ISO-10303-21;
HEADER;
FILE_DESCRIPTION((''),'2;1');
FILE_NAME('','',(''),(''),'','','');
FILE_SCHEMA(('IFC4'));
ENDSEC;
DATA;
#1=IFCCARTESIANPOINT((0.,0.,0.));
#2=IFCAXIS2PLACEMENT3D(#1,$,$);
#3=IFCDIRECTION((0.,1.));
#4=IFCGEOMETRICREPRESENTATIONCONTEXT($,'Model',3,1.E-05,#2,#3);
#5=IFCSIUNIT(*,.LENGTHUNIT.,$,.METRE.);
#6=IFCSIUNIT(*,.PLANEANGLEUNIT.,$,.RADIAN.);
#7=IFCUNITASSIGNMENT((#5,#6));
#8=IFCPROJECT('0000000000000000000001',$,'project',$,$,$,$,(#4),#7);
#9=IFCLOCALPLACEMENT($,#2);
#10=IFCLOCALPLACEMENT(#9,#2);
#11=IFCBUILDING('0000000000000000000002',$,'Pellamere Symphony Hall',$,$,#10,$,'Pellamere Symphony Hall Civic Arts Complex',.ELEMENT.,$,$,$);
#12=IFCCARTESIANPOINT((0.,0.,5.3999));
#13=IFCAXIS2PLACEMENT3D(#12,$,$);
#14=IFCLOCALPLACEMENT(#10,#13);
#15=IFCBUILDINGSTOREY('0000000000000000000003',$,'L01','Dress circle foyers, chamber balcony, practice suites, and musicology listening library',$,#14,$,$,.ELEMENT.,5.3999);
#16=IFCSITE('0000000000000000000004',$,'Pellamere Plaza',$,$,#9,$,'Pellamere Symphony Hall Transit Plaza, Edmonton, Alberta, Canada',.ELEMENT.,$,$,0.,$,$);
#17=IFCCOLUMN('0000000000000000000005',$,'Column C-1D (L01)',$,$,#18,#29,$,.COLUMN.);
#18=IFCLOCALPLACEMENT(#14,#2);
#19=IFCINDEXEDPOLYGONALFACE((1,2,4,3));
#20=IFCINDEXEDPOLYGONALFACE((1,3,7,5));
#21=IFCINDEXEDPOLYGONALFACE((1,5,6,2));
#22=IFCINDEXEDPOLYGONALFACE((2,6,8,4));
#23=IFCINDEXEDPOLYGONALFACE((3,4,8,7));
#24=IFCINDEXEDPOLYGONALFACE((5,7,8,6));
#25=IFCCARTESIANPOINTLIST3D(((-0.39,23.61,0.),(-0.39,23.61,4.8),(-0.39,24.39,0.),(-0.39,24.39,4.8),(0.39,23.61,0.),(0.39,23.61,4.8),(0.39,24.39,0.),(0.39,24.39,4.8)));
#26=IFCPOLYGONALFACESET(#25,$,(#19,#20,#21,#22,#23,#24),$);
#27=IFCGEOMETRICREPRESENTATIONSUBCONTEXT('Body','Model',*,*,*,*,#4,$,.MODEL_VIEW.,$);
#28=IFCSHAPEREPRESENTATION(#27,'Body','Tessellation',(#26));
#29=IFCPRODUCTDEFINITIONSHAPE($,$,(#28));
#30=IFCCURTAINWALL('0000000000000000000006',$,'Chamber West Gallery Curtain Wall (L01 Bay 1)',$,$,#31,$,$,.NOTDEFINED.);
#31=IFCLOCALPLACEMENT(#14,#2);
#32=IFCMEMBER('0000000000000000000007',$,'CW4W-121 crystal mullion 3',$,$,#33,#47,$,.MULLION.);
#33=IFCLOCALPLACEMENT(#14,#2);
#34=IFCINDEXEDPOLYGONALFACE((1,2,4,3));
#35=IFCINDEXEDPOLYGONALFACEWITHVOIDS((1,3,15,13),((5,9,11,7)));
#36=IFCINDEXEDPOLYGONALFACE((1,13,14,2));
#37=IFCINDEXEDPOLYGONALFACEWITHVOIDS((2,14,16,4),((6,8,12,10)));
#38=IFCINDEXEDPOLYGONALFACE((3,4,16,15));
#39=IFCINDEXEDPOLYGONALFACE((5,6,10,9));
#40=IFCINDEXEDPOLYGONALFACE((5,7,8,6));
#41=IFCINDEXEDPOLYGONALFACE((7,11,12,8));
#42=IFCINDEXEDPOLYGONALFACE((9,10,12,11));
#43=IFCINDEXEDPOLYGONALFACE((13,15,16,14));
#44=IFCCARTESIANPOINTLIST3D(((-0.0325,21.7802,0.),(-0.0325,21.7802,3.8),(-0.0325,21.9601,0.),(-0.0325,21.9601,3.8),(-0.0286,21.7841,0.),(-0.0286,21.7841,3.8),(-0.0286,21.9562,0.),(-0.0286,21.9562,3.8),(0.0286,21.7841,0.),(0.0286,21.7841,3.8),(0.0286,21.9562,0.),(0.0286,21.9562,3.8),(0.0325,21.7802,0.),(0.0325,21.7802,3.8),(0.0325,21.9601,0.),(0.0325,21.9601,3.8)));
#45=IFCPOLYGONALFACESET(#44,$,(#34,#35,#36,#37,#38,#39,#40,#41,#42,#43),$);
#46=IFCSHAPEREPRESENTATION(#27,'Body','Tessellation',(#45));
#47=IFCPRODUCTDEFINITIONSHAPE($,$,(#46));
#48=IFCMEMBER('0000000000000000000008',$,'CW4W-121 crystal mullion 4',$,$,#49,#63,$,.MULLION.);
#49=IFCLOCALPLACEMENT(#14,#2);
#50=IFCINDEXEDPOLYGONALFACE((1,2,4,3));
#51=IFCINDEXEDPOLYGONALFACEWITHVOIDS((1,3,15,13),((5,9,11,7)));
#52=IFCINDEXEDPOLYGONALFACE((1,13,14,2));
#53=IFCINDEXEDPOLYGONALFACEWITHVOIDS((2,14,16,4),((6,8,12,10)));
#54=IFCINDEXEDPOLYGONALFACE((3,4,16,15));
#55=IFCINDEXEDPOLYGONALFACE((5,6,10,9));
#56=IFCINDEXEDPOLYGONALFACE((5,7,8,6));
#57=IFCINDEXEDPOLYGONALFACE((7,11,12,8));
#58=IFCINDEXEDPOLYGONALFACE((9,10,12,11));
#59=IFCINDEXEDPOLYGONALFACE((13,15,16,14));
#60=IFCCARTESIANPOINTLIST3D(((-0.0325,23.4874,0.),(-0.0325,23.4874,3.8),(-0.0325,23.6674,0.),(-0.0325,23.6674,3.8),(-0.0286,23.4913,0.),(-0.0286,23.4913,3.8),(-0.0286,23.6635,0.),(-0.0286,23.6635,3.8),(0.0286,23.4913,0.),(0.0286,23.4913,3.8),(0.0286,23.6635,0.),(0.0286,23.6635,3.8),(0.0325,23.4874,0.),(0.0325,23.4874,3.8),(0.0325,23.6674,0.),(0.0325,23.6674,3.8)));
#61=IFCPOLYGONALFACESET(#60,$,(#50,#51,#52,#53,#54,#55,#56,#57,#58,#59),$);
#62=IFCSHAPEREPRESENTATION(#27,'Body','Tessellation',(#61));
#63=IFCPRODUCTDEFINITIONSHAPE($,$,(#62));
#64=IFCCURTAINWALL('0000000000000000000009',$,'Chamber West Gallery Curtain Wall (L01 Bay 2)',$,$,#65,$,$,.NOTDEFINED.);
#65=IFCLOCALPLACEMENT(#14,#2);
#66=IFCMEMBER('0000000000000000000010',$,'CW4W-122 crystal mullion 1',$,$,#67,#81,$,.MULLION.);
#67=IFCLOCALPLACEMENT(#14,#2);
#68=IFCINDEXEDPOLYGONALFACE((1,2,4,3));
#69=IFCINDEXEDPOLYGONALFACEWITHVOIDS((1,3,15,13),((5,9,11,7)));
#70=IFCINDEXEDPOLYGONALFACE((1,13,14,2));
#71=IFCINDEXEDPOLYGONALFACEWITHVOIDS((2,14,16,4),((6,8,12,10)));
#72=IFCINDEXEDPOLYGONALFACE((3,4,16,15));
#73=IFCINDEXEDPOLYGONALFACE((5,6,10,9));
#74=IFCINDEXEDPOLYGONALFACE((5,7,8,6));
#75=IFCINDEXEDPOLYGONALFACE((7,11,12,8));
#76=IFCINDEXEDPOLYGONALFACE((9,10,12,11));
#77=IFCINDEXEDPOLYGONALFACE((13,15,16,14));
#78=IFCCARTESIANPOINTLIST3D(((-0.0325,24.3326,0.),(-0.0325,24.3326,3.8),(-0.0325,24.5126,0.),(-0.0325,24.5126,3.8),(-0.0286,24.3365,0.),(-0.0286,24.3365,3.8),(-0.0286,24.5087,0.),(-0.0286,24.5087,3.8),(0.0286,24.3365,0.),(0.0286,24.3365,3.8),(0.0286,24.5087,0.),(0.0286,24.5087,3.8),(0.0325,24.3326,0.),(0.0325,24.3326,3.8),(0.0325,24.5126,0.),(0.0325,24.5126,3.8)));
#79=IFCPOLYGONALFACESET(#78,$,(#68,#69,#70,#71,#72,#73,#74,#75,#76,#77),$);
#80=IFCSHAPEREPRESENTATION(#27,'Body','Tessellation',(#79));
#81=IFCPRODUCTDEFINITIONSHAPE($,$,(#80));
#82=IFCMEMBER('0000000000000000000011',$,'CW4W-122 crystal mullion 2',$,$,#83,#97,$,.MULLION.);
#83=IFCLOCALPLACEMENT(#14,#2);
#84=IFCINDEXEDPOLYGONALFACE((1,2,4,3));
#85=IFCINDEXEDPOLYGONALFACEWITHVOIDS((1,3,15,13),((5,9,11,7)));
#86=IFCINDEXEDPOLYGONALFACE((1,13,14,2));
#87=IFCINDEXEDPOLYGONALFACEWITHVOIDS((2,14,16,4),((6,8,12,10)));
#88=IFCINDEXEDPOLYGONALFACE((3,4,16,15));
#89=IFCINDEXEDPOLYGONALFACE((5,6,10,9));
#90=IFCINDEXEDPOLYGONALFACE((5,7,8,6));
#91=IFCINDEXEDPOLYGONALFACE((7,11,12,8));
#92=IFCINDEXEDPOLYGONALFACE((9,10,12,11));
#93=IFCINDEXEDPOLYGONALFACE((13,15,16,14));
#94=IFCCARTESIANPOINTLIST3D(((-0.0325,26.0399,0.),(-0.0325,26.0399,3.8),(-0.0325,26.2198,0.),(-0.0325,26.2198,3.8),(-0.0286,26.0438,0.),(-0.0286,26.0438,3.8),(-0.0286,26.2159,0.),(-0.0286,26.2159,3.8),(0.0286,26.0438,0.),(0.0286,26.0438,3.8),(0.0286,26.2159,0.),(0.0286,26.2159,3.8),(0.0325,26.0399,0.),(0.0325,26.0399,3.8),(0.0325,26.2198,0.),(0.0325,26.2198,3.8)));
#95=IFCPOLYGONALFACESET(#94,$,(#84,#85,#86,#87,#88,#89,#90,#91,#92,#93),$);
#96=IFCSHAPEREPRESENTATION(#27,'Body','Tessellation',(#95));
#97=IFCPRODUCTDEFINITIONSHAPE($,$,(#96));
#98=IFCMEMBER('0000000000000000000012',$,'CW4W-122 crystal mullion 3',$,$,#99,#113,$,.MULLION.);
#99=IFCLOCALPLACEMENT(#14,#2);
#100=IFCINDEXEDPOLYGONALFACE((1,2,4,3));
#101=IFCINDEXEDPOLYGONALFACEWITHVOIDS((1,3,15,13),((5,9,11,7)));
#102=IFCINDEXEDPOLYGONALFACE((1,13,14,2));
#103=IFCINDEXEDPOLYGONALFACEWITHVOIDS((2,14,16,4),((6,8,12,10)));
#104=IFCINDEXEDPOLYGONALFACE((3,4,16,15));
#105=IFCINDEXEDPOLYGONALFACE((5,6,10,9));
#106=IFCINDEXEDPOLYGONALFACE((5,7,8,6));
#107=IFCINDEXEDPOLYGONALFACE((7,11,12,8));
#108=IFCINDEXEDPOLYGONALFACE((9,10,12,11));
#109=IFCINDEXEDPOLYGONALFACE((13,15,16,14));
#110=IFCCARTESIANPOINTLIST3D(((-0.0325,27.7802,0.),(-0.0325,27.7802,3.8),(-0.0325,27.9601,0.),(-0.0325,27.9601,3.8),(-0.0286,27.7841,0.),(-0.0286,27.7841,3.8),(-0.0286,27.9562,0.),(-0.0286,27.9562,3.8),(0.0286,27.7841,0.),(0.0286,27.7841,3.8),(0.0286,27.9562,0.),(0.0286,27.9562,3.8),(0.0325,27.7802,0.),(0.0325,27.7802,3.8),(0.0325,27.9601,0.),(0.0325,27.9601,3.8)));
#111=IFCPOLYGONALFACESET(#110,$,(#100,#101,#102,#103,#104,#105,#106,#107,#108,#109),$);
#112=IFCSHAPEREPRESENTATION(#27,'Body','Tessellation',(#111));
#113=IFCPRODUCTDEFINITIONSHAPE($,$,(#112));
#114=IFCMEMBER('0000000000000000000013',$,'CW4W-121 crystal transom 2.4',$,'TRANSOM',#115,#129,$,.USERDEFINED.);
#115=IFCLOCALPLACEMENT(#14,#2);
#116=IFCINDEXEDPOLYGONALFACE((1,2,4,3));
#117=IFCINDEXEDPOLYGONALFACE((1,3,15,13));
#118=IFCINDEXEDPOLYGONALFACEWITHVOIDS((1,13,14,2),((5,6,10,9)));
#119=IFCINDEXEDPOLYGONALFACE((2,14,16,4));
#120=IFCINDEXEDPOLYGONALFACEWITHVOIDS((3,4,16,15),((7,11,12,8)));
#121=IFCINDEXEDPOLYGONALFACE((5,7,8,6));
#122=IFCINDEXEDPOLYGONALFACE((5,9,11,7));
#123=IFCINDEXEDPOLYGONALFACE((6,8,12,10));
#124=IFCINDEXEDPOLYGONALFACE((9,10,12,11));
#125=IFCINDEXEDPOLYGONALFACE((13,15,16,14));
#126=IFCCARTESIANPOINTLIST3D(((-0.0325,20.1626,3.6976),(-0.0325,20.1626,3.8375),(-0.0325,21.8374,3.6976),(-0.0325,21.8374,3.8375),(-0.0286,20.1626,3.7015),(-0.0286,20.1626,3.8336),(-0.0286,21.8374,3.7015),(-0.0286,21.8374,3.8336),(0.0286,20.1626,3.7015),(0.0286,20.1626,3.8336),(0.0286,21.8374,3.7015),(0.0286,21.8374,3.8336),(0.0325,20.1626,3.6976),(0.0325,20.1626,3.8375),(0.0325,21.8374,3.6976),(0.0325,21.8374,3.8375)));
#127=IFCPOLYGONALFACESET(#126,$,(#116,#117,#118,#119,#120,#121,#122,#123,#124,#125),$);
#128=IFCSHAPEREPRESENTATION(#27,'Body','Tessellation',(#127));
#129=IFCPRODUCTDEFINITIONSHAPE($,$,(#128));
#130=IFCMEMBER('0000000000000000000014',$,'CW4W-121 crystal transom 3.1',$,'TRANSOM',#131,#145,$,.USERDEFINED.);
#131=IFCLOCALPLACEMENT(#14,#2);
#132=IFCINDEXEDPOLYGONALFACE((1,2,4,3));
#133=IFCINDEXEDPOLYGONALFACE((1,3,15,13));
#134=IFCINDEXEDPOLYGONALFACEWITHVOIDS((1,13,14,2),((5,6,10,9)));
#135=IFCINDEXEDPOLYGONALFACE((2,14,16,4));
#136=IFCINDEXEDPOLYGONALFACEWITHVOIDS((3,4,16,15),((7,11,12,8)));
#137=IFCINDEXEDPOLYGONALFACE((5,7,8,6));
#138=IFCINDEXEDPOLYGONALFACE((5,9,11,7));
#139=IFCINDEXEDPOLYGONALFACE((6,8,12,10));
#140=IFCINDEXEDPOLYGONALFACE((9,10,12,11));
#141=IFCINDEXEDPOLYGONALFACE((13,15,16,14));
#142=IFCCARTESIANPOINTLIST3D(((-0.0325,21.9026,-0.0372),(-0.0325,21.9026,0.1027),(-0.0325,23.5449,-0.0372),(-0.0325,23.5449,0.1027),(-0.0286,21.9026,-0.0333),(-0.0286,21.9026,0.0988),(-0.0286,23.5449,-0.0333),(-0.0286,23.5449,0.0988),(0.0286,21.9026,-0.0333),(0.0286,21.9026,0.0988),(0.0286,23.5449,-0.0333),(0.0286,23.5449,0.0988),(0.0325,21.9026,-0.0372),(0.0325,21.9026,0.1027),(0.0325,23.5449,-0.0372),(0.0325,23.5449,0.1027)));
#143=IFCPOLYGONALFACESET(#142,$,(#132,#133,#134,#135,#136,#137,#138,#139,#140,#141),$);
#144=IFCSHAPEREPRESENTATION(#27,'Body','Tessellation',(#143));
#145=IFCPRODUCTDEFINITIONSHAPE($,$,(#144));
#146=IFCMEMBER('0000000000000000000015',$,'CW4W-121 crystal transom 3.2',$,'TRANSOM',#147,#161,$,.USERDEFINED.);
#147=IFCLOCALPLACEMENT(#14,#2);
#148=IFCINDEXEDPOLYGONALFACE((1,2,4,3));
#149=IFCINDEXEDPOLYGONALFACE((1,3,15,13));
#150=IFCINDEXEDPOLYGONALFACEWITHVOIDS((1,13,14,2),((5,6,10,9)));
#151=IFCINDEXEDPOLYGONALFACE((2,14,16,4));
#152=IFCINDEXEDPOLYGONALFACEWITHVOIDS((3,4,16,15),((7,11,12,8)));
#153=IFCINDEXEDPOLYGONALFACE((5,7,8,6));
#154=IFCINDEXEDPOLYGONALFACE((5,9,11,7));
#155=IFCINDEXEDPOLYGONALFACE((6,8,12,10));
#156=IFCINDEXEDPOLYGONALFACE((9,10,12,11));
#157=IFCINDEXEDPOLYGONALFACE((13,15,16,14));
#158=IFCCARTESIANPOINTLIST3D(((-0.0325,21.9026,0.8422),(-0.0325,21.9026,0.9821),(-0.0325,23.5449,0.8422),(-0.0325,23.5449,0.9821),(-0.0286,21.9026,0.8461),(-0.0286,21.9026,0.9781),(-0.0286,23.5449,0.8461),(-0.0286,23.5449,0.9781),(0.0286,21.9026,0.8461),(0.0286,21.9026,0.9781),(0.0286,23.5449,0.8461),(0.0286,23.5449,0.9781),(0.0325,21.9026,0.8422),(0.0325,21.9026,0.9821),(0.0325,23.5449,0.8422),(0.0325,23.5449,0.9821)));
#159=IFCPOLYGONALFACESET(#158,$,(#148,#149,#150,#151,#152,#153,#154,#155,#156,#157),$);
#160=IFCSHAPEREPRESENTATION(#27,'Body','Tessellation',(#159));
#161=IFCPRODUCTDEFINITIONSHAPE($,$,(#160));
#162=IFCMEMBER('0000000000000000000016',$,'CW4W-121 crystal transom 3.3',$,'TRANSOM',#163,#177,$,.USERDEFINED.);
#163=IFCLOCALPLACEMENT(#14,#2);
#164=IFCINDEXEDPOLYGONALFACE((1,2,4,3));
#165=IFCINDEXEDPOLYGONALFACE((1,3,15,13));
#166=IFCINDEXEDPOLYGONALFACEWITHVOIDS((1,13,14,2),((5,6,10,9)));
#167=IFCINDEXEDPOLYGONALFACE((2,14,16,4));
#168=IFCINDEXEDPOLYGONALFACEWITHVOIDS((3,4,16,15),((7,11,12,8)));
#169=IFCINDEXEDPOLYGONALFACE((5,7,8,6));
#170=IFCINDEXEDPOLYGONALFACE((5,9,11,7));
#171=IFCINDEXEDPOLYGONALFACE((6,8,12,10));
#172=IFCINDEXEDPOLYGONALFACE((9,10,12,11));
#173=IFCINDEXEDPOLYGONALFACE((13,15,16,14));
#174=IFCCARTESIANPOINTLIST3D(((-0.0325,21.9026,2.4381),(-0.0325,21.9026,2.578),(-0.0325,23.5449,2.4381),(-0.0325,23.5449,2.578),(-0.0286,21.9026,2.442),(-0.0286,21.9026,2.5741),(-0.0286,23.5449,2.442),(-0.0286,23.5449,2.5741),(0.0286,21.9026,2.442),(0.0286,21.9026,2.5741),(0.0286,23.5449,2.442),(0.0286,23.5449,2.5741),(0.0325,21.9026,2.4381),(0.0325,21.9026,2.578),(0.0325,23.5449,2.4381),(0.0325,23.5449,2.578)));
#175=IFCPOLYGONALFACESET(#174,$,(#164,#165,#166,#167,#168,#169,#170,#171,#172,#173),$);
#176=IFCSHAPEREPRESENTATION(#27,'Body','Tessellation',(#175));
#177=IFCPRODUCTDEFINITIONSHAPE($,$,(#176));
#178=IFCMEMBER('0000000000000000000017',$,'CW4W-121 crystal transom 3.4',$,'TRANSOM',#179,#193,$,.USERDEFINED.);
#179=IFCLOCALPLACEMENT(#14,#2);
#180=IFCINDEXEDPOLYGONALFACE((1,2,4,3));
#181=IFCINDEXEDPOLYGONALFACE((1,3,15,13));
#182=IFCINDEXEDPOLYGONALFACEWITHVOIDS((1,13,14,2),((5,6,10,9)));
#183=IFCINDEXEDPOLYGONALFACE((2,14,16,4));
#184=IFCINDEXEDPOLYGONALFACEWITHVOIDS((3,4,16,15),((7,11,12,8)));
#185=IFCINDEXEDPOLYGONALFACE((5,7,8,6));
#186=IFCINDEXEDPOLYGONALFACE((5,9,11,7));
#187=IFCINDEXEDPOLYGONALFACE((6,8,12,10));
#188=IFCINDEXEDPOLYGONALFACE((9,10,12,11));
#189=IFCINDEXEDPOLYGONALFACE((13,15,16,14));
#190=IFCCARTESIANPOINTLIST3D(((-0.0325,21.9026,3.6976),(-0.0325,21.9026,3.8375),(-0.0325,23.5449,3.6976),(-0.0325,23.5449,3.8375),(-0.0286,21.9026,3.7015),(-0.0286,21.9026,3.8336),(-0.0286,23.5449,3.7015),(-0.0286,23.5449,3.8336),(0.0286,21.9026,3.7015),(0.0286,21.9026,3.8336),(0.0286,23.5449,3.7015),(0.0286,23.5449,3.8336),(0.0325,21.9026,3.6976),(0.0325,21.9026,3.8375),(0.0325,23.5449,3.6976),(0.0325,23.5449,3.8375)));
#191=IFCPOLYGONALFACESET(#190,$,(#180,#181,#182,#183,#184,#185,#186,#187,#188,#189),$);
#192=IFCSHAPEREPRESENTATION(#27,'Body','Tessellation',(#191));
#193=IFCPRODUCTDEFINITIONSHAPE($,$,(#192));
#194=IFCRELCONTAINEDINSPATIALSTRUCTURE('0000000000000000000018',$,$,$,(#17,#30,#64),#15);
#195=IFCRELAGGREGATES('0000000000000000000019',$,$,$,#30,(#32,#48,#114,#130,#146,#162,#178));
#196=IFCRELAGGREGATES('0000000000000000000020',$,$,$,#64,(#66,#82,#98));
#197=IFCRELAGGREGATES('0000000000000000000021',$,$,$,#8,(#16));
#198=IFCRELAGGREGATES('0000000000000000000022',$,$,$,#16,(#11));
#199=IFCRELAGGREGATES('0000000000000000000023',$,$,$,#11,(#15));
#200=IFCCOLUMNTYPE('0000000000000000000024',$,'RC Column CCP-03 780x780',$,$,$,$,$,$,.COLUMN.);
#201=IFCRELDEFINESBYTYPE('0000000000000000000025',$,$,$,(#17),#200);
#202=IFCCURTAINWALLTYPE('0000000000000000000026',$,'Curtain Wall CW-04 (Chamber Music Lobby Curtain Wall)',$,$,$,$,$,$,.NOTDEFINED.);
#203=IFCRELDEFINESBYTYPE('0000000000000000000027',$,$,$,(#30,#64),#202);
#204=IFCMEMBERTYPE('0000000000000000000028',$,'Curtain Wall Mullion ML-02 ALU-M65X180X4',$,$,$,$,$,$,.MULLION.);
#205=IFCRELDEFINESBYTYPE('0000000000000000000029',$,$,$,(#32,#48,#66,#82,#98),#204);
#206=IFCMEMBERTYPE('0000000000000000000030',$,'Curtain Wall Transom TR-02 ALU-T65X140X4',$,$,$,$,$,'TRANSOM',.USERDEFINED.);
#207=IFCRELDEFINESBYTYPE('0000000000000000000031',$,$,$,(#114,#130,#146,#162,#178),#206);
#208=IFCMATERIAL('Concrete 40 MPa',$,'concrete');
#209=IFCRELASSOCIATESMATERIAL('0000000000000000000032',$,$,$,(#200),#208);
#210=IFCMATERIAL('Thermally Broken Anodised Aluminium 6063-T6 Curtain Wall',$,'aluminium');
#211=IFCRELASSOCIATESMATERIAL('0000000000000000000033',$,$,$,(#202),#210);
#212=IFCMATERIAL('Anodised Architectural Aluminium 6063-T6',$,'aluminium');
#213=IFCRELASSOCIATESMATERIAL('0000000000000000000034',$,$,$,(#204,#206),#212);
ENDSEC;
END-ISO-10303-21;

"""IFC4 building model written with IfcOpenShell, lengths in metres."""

from ifc_helpers import new_model, si_unit, direction, frame, origin, origin_2d, place, context, subcontext, project, spatial, rectangle, hollow_rectangle, extrude, material, material_profile, profile_set, type_object, element, aggregate, save


model = new_model("IFC4")

# Units and contexts
model_context = context("Model", 3, precision=1e-05, world=origin(), true_north=direction((0.0, 1.0)))
body_context = subcontext(model_context, "Body", "Model", "MODEL_VIEW")
ifc_project = project(units=[si_unit("LENGTHUNIT", "METRE"), si_unit("PLANEANGLEUNIT", "RADIAN")], contexts=[model_context])

# Site, building, storey
site_placement = place(None, origin())
site = spatial("IfcSite", under=ifc_project, at=site_placement, Name="Pellamere Plaza", LongName="Pellamere Symphony Hall Transit Plaza, Edmonton, Alberta, Canada", CompositionType="ELEMENT", RefElevation=0.0)
building_placement = place(site_placement, origin())
building = spatial("IfcBuilding", under=site, at=building_placement, Name="Pellamere Symphony Hall", LongName="Pellamere Symphony Hall Civic Arts Complex", CompositionType="ELEMENT")
storey_placement = place(building_placement, frame((0.0, 0.0, 5.3999)))
storey = spatial("IfcBuildingStorey", under=building, at=storey_placement, Name="L01", Description="Dress circle foyers, chamber balcony, practice suites, and musicology listening library", CompositionType="ELEMENT", Elevation=5.3999)

# Column
ifc_material_1 = material(Name="Concrete 40 MPa", Category="concrete")
ifc_material_profile_1 = material_profile(ifc_material_1, rectangle(XDim=0.78, YDim=0.78, at=origin_2d()), Name="RC 780x780")
ifc_profile_set_1 = profile_set([ifc_material_profile_1], Name="Concrete 40 MPa")
column_type = type_object("IfcColumnType", Name="RC Column CCP-03 780x780", PredefinedType="COLUMN", material=ifc_profile_set_1)
column_placement = place(storey_placement, frame((0.0, 24.0, 0.0), z_axis=(0.0, 0.0, 1.0), x_axis=(1.0, 0.0, 0.0)))
element("IfcColumn", 1, at=column_placement, inside=storey, type_object=column_type, Name="Column C-1D (L01)", PredefinedType="COLUMN", context=body_context, shape_type="SweptSolid", body=[
    extrude(rectangle(XDim=0.78, YDim=0.78, at=origin_2d()), origin(), (0.0, 0.0, 1.0), 4.8),
])

# Curtain walls, members
ifc_material_2 = material(Name="Thermally Broken Anodised Aluminium 6063-T6 Curtain Wall", Category="aluminium")
curtain_wall_type = type_object("IfcCurtainWallType", Name="Curtain Wall CW-04 (Chamber Music Lobby Curtain Wall)", PredefinedType="NOTDEFINED", material=ifc_material_2)
curtain_wall_1_placement = place(storey_placement, origin())
curtain_wall_1 = element("IfcCurtainWall", 2, at=curtain_wall_1_placement, inside=storey, type_object=curtain_wall_type, Name="Chamber West Gallery Curtain Wall (L01 Bay 1)", PredefinedType="NOTDEFINED")
ifc_material_3 = material(Name="Anodised Architectural Aluminium 6063-T6", Category="aluminium")
ifc_material_profile_2 = material_profile(ifc_material_3, hollow_rectangle(XDim=0.0649, YDim=0.1799, WallThickness=0.0039, at=origin_2d()), Name="ALU-M65X180X4")
ifc_profile_set_2 = profile_set([ifc_material_profile_2], Name="Anodised Architectural Aluminium 6063-T6")
member_type_1 = type_object("IfcMemberType", Name="Curtain Wall Mullion ML-02 ALU-M65X180X4", PredefinedType="MULLION", material=ifc_profile_set_2)
member_1_placement = place(storey_placement, frame((0.0, 21.8701, 0.0), z_axis=(0.0, 0.0, 1.0), x_axis=(-1.0, 0.0, 0.0)))
member_1 = element("IfcMember", 3, at=member_1_placement, type_object=member_type_1, Name="CW4W-121 crystal mullion 3", PredefinedType="MULLION", context=body_context, shape_type="SweptSolid", body=[
    extrude(hollow_rectangle(XDim=0.0649, YDim=0.1799, WallThickness=0.0039, at=origin_2d()), origin(), (0.0, 0.0, 1.0), 3.8),
])
member_2_placement = place(storey_placement, frame((0.0, 23.5774, 0.0), z_axis=(0.0, 0.0, 1.0), x_axis=(-1.0, 0.0, 0.0)))
member_2 = element("IfcMember", 4, at=member_2_placement, type_object=member_type_1, Name="CW4W-121 crystal mullion 4", PredefinedType="MULLION", context=body_context, shape_type="SweptSolid", body=[
    extrude(hollow_rectangle(XDim=0.0649, YDim=0.1799, WallThickness=0.0039, at=origin_2d()), origin(), (0.0, 0.0, 1.0), 3.8),
])
curtain_wall_2_placement = place(storey_placement, origin())
curtain_wall_2 = element("IfcCurtainWall", 5, at=curtain_wall_2_placement, inside=storey, type_object=curtain_wall_type, Name="Chamber West Gallery Curtain Wall (L01 Bay 2)", PredefinedType="NOTDEFINED")
member_3_placement = place(storey_placement, frame((0.0, 24.4226, 0.0), z_axis=(0.0, 0.0, 1.0), x_axis=(-1.0, 0.0, 0.0)))
member_3 = element("IfcMember", 6, at=member_3_placement, type_object=member_type_1, Name="CW4W-122 crystal mullion 1", PredefinedType="MULLION", context=body_context, shape_type="SweptSolid", body=[
    extrude(hollow_rectangle(XDim=0.0649, YDim=0.1799, WallThickness=0.0039, at=origin_2d()), origin(), (0.0, 0.0, 1.0), 3.8),
])
member_4_placement = place(storey_placement, frame((0.0, 26.1299, 0.0), z_axis=(0.0, 0.0, 1.0), x_axis=(-1.0, 0.0, 0.0)))
member_4 = element("IfcMember", 7, at=member_4_placement, type_object=member_type_1, Name="CW4W-122 crystal mullion 2", PredefinedType="MULLION", context=body_context, shape_type="SweptSolid", body=[
    extrude(hollow_rectangle(XDim=0.0649, YDim=0.1799, WallThickness=0.0039, at=origin_2d()), origin(), (0.0, 0.0, 1.0), 3.8),
])
member_5_placement = place(storey_placement, frame((0.0, 27.8701, 0.0), z_axis=(0.0, 0.0, 1.0), x_axis=(-1.0, 0.0, 0.0)))
member_5 = element("IfcMember", 8, at=member_5_placement, type_object=member_type_1, Name="CW4W-122 crystal mullion 3", PredefinedType="MULLION", context=body_context, shape_type="SweptSolid", body=[
    extrude(hollow_rectangle(XDim=0.0649, YDim=0.1799, WallThickness=0.0039, at=origin_2d()), origin(), (0.0, 0.0, 1.0), 3.8),
])

# Members
ifc_material_profile_3 = material_profile(ifc_material_3, hollow_rectangle(XDim=0.0649, YDim=0.1399, WallThickness=0.0039, at=origin_2d()), Name="ALU-T65X140X4")
ifc_profile_set_3 = profile_set([ifc_material_profile_3], Name="Anodised Architectural Aluminium 6063-T6")
member_type_2 = type_object("IfcMemberType", Name="Curtain Wall Transom TR-02 ALU-T65X140X4", ElementType="TRANSOM", PredefinedType="USERDEFINED", material=ifc_profile_set_3)
member_6_placement = place(storey_placement, frame((0.0, 20.1626, 3.7676), z_axis=(0.0, 1.0, 0.0), x_axis=(-1.0, 0.0, 0.0)))
member_6 = element("IfcMember", 9, at=member_6_placement, type_object=member_type_2, Name="CW4W-121 crystal transom 2.4", ObjectType="TRANSOM", PredefinedType="USERDEFINED", context=body_context, shape_type="SweptSolid", body=[
    extrude(hollow_rectangle(XDim=0.0649, YDim=0.1399, WallThickness=0.0039, at=origin_2d()), origin(), (0.0, 0.0, 1.0), 1.6748),
])
member_7_placement = place(storey_placement, frame((0.0, 21.9026, 0.0327), z_axis=(0.0, 1.0, 0.0), x_axis=(-1.0, 0.0, 0.0)))
member_7 = element("IfcMember", 10, at=member_7_placement, type_object=member_type_2, Name="CW4W-121 crystal transom 3.1", ObjectType="TRANSOM", PredefinedType="USERDEFINED", context=body_context, shape_type="SweptSolid", body=[
    extrude(hollow_rectangle(XDim=0.0649, YDim=0.1399, WallThickness=0.0039, at=origin_2d()), origin(), (0.0, 0.0, 1.0), 1.6423),
])
member_8_placement = place(storey_placement, frame((0.0, 21.9026, 0.9121), z_axis=(0.0, 1.0, 0.0), x_axis=(-1.0, 0.0, 0.0)))
member_8 = element("IfcMember", 11, at=member_8_placement, type_object=member_type_2, Name="CW4W-121 crystal transom 3.2", ObjectType="TRANSOM", PredefinedType="USERDEFINED", context=body_context, shape_type="SweptSolid", body=[
    extrude(hollow_rectangle(XDim=0.0649, YDim=0.1399, WallThickness=0.0039, at=origin_2d()), origin(), (0.0, 0.0, 1.0), 1.6423),
])
member_9_placement = place(storey_placement, frame((0.0, 21.9026, 2.5081), z_axis=(0.0, 1.0, 0.0), x_axis=(-1.0, 0.0, 0.0)))
member_9 = element("IfcMember", 12, at=member_9_placement, type_object=member_type_2, Name="CW4W-121 crystal transom 3.3", ObjectType="TRANSOM", PredefinedType="USERDEFINED", context=body_context, shape_type="SweptSolid", body=[
    extrude(hollow_rectangle(XDim=0.0649, YDim=0.1399, WallThickness=0.0039, at=origin_2d()), origin(), (0.0, 0.0, 1.0), 1.6423),
])
member_10_placement = place(storey_placement, frame((0.0, 21.9026, 3.7676), z_axis=(0.0, 1.0, 0.0), x_axis=(-1.0, 0.0, 0.0)))
member_10 = element("IfcMember", 13, at=member_10_placement, type_object=member_type_2, Name="CW4W-121 crystal transom 3.4", ObjectType="TRANSOM", PredefinedType="USERDEFINED", context=body_context, shape_type="SweptSolid", body=[
    extrude(hollow_rectangle(XDim=0.0649, YDim=0.1399, WallThickness=0.0039, at=origin_2d()), origin(), (0.0, 0.0, 1.0), 1.6423),
])

aggregate(curtain_wall_1, [member_1, member_2, member_6, member_7, member_8, member_9, member_10])
aggregate(curtain_wall_2, [member_3, member_4, member_5])

save(model, "model.ifc")
